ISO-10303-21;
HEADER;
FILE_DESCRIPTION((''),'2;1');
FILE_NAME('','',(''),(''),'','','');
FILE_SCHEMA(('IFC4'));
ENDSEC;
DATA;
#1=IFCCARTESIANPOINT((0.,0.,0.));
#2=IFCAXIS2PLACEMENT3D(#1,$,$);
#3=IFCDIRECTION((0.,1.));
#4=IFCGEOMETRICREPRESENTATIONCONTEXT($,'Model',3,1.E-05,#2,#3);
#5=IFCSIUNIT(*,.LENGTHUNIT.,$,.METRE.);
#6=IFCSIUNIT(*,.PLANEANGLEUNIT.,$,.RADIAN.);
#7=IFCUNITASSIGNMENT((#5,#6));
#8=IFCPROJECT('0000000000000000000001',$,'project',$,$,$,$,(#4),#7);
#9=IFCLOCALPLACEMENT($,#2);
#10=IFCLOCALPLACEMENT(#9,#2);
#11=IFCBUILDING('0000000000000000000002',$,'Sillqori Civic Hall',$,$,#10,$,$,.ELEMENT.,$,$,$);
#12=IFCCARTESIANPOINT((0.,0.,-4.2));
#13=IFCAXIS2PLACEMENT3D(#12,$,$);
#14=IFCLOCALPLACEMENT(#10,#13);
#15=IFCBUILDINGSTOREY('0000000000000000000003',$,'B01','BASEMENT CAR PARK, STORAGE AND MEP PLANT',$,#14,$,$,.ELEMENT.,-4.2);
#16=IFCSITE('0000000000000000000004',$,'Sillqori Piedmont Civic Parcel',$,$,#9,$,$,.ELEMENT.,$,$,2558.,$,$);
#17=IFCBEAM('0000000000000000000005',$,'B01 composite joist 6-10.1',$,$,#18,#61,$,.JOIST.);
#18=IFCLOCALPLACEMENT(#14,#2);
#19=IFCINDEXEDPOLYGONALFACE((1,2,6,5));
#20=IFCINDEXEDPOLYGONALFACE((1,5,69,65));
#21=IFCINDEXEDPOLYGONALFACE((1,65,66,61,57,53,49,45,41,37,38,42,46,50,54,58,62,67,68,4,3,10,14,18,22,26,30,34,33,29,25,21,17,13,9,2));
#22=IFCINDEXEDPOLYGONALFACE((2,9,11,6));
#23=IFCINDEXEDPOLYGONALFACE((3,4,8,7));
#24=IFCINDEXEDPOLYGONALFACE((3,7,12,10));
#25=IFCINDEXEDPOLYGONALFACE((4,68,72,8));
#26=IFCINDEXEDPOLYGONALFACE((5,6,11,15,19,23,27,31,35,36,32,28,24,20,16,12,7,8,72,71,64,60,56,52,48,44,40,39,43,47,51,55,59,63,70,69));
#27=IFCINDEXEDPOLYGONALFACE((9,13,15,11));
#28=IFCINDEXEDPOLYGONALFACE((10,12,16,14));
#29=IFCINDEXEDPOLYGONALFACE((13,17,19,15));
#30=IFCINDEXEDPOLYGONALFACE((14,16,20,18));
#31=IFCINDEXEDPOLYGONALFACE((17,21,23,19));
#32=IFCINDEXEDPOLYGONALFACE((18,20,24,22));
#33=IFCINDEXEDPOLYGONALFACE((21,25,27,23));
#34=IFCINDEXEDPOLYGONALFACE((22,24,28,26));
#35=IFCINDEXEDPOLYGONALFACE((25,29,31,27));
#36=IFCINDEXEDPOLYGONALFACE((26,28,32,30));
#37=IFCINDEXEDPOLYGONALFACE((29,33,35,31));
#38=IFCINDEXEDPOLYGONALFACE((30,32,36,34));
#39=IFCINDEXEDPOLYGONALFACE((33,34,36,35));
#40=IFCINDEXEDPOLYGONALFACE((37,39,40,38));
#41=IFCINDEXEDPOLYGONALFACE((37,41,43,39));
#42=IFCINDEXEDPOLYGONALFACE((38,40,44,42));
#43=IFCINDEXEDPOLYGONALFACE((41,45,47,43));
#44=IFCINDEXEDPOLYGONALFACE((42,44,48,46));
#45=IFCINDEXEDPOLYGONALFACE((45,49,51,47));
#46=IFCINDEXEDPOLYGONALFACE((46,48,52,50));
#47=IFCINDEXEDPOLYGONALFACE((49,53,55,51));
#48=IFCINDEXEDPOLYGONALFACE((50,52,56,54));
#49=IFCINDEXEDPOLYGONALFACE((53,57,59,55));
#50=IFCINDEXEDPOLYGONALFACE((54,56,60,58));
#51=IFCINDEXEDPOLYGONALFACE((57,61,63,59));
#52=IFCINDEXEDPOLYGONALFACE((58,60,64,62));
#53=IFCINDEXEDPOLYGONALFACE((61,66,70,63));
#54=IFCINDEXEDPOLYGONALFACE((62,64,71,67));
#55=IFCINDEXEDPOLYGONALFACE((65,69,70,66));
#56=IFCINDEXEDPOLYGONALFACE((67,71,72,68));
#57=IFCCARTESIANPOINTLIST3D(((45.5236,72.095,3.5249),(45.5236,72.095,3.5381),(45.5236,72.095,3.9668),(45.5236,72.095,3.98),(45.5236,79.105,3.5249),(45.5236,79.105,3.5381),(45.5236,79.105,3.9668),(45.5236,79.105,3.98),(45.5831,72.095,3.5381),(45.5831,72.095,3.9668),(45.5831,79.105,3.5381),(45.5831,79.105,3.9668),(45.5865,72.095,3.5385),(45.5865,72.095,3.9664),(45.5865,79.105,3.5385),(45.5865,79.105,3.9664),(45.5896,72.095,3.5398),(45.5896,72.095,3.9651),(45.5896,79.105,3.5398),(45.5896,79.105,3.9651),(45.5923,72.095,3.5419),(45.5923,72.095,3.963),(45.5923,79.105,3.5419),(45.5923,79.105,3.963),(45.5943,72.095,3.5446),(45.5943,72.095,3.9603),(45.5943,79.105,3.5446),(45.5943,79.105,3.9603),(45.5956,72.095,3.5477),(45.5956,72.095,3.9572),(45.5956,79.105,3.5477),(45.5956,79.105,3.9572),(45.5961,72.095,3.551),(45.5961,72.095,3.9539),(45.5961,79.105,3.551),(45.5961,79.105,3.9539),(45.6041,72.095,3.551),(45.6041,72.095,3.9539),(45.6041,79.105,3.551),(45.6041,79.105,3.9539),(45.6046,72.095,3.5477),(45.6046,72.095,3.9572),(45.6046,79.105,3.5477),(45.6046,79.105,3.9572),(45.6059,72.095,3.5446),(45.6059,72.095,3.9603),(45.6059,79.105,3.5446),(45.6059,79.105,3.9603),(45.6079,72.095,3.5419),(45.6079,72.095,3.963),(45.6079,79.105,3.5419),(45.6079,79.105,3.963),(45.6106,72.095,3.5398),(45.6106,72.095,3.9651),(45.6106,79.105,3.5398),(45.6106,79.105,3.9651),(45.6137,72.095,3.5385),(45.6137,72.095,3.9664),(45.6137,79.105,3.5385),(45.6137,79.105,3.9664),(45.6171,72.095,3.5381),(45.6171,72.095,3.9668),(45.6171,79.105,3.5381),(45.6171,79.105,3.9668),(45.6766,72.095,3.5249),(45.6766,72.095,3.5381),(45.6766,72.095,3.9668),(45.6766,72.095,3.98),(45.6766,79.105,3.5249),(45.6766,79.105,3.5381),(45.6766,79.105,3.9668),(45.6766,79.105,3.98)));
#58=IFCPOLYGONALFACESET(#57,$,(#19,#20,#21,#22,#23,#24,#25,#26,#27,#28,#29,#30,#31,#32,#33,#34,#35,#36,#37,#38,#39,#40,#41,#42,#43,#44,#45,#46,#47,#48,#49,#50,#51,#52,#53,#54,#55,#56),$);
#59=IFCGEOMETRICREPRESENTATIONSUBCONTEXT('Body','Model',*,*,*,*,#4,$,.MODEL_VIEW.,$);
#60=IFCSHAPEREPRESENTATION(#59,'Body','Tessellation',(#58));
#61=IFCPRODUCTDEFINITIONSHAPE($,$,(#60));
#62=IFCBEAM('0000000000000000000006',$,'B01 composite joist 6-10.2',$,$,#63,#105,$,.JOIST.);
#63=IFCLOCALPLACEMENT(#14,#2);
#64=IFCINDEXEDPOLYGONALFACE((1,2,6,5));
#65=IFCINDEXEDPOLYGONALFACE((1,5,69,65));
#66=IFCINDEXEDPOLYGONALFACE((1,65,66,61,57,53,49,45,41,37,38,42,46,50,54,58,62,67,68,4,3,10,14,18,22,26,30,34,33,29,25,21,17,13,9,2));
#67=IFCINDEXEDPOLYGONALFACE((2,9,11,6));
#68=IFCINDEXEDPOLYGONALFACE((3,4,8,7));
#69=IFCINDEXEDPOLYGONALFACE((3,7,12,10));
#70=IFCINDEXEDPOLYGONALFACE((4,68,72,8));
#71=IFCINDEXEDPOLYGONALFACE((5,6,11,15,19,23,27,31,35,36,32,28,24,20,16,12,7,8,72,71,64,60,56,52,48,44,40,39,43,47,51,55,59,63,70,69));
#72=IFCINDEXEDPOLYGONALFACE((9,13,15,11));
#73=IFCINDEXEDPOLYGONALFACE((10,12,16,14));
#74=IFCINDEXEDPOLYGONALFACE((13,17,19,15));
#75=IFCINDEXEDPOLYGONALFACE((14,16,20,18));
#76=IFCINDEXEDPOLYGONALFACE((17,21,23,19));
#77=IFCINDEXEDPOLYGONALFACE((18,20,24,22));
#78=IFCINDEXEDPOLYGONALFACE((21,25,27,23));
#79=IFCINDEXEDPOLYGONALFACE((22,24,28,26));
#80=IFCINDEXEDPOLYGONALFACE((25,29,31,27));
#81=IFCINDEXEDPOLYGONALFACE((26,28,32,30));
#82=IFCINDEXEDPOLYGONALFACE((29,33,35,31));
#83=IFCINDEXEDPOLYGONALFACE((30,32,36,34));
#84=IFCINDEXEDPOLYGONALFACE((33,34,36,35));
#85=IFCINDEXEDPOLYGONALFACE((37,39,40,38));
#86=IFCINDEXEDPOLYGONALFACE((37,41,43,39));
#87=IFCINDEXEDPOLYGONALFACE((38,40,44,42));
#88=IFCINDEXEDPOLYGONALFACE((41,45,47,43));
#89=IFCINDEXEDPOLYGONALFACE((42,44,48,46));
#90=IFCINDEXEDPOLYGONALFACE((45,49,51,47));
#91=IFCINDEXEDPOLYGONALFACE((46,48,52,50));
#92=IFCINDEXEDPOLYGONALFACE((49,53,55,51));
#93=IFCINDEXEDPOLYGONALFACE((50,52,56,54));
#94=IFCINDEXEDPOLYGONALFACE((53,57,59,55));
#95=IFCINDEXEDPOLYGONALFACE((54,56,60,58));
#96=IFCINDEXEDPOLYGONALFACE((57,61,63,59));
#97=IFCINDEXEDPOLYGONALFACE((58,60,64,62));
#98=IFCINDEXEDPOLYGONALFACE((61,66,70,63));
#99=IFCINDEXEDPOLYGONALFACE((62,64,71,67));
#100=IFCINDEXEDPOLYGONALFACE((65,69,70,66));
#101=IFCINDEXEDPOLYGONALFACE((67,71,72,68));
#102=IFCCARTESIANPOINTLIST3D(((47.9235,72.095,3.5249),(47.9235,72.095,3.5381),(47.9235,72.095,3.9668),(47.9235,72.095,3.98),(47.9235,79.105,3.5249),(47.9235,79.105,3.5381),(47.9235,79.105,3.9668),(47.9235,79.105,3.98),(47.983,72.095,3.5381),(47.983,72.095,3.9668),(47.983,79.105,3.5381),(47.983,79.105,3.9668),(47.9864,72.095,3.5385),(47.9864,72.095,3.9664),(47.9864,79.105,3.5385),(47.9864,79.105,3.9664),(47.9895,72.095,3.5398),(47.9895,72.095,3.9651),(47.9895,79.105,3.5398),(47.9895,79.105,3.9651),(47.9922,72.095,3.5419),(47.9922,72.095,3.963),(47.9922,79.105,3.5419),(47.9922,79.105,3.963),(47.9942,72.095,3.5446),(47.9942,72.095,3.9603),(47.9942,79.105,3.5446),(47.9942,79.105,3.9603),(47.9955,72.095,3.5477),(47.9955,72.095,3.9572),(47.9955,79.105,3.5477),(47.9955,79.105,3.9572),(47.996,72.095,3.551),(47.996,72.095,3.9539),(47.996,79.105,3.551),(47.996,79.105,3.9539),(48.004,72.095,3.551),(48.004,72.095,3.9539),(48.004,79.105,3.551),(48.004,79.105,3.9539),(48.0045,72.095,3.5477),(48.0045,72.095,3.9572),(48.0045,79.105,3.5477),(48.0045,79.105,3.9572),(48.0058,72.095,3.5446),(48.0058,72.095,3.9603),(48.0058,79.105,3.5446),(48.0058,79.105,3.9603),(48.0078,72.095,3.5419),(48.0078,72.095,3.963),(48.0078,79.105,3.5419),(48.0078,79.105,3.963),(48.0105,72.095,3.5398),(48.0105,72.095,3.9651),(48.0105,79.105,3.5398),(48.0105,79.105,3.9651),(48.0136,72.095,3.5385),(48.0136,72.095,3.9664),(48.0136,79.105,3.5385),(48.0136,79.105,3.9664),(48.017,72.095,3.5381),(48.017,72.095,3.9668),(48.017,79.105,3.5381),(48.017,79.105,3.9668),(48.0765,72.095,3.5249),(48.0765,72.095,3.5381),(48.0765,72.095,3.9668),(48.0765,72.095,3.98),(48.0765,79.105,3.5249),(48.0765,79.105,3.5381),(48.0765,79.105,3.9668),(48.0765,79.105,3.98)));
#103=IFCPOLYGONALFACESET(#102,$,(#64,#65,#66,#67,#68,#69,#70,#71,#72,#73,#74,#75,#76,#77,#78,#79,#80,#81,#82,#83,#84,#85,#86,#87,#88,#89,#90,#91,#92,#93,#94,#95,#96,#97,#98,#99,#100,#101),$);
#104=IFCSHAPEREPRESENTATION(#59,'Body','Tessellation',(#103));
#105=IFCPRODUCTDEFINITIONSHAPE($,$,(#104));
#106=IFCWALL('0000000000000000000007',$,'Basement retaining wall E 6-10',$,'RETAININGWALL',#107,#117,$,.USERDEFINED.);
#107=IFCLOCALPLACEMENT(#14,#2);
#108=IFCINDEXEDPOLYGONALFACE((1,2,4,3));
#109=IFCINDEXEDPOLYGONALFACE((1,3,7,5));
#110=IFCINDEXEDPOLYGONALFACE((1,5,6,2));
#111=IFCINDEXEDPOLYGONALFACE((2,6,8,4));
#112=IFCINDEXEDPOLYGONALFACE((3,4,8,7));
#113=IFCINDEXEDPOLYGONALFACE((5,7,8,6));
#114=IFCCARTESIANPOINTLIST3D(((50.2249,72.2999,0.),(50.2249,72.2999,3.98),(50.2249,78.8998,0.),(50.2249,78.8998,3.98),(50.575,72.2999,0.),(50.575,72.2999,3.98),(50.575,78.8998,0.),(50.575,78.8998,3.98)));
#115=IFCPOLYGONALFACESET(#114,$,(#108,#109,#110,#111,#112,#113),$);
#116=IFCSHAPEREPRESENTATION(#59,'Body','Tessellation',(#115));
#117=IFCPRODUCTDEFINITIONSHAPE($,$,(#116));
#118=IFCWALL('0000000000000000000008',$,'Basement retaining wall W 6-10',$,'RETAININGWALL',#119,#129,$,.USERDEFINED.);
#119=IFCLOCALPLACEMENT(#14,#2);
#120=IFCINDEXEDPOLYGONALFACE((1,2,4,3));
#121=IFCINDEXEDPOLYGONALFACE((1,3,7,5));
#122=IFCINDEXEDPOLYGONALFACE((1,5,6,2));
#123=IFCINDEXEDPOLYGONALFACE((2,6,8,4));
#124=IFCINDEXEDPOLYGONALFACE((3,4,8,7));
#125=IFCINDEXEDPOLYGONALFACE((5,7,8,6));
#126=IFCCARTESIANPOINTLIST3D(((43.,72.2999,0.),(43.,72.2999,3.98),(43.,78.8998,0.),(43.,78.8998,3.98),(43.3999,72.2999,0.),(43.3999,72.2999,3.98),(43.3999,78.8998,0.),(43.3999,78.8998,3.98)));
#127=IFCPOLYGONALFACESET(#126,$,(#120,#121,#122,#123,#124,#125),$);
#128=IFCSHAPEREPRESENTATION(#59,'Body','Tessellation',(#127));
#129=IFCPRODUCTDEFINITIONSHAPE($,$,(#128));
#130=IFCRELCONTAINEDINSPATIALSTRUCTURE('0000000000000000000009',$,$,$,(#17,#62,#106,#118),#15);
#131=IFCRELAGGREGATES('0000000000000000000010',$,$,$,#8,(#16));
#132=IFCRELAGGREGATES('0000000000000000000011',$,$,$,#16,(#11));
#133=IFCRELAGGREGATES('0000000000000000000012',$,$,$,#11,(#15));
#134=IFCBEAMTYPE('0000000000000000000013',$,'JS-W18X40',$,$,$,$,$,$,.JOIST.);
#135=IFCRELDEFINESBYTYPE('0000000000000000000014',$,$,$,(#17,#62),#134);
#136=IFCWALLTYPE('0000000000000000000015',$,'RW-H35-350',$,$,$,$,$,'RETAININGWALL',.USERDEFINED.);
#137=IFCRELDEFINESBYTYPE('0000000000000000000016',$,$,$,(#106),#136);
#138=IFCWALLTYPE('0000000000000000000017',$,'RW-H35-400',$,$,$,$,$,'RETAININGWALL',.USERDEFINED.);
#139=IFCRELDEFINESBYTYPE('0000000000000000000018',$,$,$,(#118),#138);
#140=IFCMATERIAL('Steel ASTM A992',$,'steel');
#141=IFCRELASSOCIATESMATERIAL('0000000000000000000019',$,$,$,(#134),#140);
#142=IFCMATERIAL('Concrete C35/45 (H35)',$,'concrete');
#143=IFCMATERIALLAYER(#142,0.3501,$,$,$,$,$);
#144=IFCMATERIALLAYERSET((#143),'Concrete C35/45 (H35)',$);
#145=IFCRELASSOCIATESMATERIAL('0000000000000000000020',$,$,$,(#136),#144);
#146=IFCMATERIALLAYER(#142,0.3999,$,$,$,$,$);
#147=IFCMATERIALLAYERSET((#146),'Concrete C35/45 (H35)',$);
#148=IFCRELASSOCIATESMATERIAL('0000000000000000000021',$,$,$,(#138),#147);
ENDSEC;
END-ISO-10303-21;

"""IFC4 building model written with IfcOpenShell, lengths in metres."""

from ifc_helpers import new_model, si_unit, direction, frame, frame_2d, origin, origin_2d, place, context, subcontext, project, spatial, rectangle, i_section, extrude, material, layer, layer_set, material_profile, profile_set, type_object, element, save


model = new_model("IFC4")

# Units and contexts
model_context = context("Model", 3, precision=1e-05, world=origin(), true_north=direction((0.0, 1.0)))
body_context = subcontext(model_context, "Body", "Model", "MODEL_VIEW")
ifc_project = project(units=[si_unit("LENGTHUNIT", "METRE"), si_unit("PLANEANGLEUNIT", "RADIAN")], contexts=[model_context])

# Site, building, storey
site_placement = place(None, origin())
site = spatial("IfcSite", under=ifc_project, at=site_placement, Name="Sillqori Piedmont Civic Parcel", CompositionType="ELEMENT", RefElevation=2558.0)
building_placement = place(site_placement, origin())
building = spatial("IfcBuilding", under=site, at=building_placement, Name="Sillqori Civic Hall", CompositionType="ELEMENT")
storey_placement = place(building_placement, frame((0.0, 0.0, -4.2)))
storey = spatial("IfcBuildingStorey", under=building, at=storey_placement, Name="B01", Description="BASEMENT CAR PARK, STORAGE AND MEP PLANT", CompositionType="ELEMENT", Elevation=-4.2)

# Shared definitions
ifc_material_1 = material(Name="Concrete C35/45 (H35)", Category="concrete")

# Beams
ifc_material_2 = material(Name="Steel ASTM A992", Category="steel")
ifc_material_profile_1 = material_profile(ifc_material_2, i_section(OverallWidth=0.1531, OverallDepth=0.4551, WebThickness=0.0081, FlangeThickness=0.0132, FilletRadius=0.0129, at=origin_2d()), Name="W18X40")
ifc_profile_set_1 = profile_set([ifc_material_profile_1], Name="Steel ASTM A992")
beam_type_1 = type_object("IfcBeamType", Name="JS-W18X40", PredefinedType="JOIST", material=ifc_profile_set_1)
for number, where, z_axis, x_axis, name in (
    (1, (45.6001, 72.095, 3.7524), (0.0, 1.0, 0.0), (-1.0, 0.0, 0.0), "B01 composite joist 6-10.1"),
    (2, (48.0, 72.095, 3.7524), (0.0, 1.0, 0.0), (-1.0, 0.0, 0.0), "B01 composite joist 6-10.2"),
):
    element("IfcBeam", number, at=place(storey_placement, frame(where, z_axis=z_axis, x_axis=x_axis)), inside=storey, type_object=beam_type_1, Name=name, PredefinedType="JOIST", context=body_context, shape_type="SweptSolid", body=[
        extrude(i_section(OverallWidth=0.1531, OverallDepth=0.4551, WebThickness=0.0081, FlangeThickness=0.0132, FilletRadius=0.0129, at=origin_2d()), origin(), (0.0, 0.0, 1.0), 7.01),
    ])

# Walls
ifc_layer_1 = layer(ifc_material_1, 0.3501)
ifc_layer_set_1 = layer_set([ifc_layer_1], Name="Concrete C35/45 (H35)")
wall_type_1 = type_object("IfcWallType", Name="RW-H35-350", ElementType="RETAININGWALL", PredefinedType="USERDEFINED", material=ifc_layer_set_1)
wall_1_placement = place(storey_placement, frame((50.3999, 72.3, 0.0), z_axis=(0.0, 0.0, 1.0), x_axis=(0.0, 1.0, 0.0)))
element("IfcWall", 3, at=wall_1_placement, inside=storey, type_object=wall_type_1, Name="Basement retaining wall E 6-10", ObjectType="RETAININGWALL", PredefinedType="USERDEFINED", context=body_context, shape_type="SweptSolid", body=[
    extrude(rectangle(XDim=6.5999, YDim=0.3501, at=frame_2d((3.2998, 0.0))), origin(), (0.0, 0.0, 1.0), 3.98),
])
ifc_layer_2 = layer(ifc_material_1, 0.3999)
ifc_layer_set_2 = layer_set([ifc_layer_2], Name="Concrete C35/45 (H35)")
wall_type_2 = type_object("IfcWallType", Name="RW-H35-400", ElementType="RETAININGWALL", PredefinedType="USERDEFINED", material=ifc_layer_set_2)
wall_2_placement = place(storey_placement, frame((43.2, 72.3, 0.0), z_axis=(0.0, 0.0, 1.0), x_axis=(0.0, 1.0, 0.0)))
element("IfcWall", 4, at=wall_2_placement, inside=storey, type_object=wall_type_2, Name="Basement retaining wall W 6-10", ObjectType="RETAININGWALL", PredefinedType="USERDEFINED", context=body_context, shape_type="SweptSolid", body=[
    extrude(rectangle(XDim=6.5999, YDim=0.3999, at=frame_2d((3.2998, 0.0))), origin(), (0.0, 0.0, 1.0), 3.98),
])

save(model, "model.ifc")
